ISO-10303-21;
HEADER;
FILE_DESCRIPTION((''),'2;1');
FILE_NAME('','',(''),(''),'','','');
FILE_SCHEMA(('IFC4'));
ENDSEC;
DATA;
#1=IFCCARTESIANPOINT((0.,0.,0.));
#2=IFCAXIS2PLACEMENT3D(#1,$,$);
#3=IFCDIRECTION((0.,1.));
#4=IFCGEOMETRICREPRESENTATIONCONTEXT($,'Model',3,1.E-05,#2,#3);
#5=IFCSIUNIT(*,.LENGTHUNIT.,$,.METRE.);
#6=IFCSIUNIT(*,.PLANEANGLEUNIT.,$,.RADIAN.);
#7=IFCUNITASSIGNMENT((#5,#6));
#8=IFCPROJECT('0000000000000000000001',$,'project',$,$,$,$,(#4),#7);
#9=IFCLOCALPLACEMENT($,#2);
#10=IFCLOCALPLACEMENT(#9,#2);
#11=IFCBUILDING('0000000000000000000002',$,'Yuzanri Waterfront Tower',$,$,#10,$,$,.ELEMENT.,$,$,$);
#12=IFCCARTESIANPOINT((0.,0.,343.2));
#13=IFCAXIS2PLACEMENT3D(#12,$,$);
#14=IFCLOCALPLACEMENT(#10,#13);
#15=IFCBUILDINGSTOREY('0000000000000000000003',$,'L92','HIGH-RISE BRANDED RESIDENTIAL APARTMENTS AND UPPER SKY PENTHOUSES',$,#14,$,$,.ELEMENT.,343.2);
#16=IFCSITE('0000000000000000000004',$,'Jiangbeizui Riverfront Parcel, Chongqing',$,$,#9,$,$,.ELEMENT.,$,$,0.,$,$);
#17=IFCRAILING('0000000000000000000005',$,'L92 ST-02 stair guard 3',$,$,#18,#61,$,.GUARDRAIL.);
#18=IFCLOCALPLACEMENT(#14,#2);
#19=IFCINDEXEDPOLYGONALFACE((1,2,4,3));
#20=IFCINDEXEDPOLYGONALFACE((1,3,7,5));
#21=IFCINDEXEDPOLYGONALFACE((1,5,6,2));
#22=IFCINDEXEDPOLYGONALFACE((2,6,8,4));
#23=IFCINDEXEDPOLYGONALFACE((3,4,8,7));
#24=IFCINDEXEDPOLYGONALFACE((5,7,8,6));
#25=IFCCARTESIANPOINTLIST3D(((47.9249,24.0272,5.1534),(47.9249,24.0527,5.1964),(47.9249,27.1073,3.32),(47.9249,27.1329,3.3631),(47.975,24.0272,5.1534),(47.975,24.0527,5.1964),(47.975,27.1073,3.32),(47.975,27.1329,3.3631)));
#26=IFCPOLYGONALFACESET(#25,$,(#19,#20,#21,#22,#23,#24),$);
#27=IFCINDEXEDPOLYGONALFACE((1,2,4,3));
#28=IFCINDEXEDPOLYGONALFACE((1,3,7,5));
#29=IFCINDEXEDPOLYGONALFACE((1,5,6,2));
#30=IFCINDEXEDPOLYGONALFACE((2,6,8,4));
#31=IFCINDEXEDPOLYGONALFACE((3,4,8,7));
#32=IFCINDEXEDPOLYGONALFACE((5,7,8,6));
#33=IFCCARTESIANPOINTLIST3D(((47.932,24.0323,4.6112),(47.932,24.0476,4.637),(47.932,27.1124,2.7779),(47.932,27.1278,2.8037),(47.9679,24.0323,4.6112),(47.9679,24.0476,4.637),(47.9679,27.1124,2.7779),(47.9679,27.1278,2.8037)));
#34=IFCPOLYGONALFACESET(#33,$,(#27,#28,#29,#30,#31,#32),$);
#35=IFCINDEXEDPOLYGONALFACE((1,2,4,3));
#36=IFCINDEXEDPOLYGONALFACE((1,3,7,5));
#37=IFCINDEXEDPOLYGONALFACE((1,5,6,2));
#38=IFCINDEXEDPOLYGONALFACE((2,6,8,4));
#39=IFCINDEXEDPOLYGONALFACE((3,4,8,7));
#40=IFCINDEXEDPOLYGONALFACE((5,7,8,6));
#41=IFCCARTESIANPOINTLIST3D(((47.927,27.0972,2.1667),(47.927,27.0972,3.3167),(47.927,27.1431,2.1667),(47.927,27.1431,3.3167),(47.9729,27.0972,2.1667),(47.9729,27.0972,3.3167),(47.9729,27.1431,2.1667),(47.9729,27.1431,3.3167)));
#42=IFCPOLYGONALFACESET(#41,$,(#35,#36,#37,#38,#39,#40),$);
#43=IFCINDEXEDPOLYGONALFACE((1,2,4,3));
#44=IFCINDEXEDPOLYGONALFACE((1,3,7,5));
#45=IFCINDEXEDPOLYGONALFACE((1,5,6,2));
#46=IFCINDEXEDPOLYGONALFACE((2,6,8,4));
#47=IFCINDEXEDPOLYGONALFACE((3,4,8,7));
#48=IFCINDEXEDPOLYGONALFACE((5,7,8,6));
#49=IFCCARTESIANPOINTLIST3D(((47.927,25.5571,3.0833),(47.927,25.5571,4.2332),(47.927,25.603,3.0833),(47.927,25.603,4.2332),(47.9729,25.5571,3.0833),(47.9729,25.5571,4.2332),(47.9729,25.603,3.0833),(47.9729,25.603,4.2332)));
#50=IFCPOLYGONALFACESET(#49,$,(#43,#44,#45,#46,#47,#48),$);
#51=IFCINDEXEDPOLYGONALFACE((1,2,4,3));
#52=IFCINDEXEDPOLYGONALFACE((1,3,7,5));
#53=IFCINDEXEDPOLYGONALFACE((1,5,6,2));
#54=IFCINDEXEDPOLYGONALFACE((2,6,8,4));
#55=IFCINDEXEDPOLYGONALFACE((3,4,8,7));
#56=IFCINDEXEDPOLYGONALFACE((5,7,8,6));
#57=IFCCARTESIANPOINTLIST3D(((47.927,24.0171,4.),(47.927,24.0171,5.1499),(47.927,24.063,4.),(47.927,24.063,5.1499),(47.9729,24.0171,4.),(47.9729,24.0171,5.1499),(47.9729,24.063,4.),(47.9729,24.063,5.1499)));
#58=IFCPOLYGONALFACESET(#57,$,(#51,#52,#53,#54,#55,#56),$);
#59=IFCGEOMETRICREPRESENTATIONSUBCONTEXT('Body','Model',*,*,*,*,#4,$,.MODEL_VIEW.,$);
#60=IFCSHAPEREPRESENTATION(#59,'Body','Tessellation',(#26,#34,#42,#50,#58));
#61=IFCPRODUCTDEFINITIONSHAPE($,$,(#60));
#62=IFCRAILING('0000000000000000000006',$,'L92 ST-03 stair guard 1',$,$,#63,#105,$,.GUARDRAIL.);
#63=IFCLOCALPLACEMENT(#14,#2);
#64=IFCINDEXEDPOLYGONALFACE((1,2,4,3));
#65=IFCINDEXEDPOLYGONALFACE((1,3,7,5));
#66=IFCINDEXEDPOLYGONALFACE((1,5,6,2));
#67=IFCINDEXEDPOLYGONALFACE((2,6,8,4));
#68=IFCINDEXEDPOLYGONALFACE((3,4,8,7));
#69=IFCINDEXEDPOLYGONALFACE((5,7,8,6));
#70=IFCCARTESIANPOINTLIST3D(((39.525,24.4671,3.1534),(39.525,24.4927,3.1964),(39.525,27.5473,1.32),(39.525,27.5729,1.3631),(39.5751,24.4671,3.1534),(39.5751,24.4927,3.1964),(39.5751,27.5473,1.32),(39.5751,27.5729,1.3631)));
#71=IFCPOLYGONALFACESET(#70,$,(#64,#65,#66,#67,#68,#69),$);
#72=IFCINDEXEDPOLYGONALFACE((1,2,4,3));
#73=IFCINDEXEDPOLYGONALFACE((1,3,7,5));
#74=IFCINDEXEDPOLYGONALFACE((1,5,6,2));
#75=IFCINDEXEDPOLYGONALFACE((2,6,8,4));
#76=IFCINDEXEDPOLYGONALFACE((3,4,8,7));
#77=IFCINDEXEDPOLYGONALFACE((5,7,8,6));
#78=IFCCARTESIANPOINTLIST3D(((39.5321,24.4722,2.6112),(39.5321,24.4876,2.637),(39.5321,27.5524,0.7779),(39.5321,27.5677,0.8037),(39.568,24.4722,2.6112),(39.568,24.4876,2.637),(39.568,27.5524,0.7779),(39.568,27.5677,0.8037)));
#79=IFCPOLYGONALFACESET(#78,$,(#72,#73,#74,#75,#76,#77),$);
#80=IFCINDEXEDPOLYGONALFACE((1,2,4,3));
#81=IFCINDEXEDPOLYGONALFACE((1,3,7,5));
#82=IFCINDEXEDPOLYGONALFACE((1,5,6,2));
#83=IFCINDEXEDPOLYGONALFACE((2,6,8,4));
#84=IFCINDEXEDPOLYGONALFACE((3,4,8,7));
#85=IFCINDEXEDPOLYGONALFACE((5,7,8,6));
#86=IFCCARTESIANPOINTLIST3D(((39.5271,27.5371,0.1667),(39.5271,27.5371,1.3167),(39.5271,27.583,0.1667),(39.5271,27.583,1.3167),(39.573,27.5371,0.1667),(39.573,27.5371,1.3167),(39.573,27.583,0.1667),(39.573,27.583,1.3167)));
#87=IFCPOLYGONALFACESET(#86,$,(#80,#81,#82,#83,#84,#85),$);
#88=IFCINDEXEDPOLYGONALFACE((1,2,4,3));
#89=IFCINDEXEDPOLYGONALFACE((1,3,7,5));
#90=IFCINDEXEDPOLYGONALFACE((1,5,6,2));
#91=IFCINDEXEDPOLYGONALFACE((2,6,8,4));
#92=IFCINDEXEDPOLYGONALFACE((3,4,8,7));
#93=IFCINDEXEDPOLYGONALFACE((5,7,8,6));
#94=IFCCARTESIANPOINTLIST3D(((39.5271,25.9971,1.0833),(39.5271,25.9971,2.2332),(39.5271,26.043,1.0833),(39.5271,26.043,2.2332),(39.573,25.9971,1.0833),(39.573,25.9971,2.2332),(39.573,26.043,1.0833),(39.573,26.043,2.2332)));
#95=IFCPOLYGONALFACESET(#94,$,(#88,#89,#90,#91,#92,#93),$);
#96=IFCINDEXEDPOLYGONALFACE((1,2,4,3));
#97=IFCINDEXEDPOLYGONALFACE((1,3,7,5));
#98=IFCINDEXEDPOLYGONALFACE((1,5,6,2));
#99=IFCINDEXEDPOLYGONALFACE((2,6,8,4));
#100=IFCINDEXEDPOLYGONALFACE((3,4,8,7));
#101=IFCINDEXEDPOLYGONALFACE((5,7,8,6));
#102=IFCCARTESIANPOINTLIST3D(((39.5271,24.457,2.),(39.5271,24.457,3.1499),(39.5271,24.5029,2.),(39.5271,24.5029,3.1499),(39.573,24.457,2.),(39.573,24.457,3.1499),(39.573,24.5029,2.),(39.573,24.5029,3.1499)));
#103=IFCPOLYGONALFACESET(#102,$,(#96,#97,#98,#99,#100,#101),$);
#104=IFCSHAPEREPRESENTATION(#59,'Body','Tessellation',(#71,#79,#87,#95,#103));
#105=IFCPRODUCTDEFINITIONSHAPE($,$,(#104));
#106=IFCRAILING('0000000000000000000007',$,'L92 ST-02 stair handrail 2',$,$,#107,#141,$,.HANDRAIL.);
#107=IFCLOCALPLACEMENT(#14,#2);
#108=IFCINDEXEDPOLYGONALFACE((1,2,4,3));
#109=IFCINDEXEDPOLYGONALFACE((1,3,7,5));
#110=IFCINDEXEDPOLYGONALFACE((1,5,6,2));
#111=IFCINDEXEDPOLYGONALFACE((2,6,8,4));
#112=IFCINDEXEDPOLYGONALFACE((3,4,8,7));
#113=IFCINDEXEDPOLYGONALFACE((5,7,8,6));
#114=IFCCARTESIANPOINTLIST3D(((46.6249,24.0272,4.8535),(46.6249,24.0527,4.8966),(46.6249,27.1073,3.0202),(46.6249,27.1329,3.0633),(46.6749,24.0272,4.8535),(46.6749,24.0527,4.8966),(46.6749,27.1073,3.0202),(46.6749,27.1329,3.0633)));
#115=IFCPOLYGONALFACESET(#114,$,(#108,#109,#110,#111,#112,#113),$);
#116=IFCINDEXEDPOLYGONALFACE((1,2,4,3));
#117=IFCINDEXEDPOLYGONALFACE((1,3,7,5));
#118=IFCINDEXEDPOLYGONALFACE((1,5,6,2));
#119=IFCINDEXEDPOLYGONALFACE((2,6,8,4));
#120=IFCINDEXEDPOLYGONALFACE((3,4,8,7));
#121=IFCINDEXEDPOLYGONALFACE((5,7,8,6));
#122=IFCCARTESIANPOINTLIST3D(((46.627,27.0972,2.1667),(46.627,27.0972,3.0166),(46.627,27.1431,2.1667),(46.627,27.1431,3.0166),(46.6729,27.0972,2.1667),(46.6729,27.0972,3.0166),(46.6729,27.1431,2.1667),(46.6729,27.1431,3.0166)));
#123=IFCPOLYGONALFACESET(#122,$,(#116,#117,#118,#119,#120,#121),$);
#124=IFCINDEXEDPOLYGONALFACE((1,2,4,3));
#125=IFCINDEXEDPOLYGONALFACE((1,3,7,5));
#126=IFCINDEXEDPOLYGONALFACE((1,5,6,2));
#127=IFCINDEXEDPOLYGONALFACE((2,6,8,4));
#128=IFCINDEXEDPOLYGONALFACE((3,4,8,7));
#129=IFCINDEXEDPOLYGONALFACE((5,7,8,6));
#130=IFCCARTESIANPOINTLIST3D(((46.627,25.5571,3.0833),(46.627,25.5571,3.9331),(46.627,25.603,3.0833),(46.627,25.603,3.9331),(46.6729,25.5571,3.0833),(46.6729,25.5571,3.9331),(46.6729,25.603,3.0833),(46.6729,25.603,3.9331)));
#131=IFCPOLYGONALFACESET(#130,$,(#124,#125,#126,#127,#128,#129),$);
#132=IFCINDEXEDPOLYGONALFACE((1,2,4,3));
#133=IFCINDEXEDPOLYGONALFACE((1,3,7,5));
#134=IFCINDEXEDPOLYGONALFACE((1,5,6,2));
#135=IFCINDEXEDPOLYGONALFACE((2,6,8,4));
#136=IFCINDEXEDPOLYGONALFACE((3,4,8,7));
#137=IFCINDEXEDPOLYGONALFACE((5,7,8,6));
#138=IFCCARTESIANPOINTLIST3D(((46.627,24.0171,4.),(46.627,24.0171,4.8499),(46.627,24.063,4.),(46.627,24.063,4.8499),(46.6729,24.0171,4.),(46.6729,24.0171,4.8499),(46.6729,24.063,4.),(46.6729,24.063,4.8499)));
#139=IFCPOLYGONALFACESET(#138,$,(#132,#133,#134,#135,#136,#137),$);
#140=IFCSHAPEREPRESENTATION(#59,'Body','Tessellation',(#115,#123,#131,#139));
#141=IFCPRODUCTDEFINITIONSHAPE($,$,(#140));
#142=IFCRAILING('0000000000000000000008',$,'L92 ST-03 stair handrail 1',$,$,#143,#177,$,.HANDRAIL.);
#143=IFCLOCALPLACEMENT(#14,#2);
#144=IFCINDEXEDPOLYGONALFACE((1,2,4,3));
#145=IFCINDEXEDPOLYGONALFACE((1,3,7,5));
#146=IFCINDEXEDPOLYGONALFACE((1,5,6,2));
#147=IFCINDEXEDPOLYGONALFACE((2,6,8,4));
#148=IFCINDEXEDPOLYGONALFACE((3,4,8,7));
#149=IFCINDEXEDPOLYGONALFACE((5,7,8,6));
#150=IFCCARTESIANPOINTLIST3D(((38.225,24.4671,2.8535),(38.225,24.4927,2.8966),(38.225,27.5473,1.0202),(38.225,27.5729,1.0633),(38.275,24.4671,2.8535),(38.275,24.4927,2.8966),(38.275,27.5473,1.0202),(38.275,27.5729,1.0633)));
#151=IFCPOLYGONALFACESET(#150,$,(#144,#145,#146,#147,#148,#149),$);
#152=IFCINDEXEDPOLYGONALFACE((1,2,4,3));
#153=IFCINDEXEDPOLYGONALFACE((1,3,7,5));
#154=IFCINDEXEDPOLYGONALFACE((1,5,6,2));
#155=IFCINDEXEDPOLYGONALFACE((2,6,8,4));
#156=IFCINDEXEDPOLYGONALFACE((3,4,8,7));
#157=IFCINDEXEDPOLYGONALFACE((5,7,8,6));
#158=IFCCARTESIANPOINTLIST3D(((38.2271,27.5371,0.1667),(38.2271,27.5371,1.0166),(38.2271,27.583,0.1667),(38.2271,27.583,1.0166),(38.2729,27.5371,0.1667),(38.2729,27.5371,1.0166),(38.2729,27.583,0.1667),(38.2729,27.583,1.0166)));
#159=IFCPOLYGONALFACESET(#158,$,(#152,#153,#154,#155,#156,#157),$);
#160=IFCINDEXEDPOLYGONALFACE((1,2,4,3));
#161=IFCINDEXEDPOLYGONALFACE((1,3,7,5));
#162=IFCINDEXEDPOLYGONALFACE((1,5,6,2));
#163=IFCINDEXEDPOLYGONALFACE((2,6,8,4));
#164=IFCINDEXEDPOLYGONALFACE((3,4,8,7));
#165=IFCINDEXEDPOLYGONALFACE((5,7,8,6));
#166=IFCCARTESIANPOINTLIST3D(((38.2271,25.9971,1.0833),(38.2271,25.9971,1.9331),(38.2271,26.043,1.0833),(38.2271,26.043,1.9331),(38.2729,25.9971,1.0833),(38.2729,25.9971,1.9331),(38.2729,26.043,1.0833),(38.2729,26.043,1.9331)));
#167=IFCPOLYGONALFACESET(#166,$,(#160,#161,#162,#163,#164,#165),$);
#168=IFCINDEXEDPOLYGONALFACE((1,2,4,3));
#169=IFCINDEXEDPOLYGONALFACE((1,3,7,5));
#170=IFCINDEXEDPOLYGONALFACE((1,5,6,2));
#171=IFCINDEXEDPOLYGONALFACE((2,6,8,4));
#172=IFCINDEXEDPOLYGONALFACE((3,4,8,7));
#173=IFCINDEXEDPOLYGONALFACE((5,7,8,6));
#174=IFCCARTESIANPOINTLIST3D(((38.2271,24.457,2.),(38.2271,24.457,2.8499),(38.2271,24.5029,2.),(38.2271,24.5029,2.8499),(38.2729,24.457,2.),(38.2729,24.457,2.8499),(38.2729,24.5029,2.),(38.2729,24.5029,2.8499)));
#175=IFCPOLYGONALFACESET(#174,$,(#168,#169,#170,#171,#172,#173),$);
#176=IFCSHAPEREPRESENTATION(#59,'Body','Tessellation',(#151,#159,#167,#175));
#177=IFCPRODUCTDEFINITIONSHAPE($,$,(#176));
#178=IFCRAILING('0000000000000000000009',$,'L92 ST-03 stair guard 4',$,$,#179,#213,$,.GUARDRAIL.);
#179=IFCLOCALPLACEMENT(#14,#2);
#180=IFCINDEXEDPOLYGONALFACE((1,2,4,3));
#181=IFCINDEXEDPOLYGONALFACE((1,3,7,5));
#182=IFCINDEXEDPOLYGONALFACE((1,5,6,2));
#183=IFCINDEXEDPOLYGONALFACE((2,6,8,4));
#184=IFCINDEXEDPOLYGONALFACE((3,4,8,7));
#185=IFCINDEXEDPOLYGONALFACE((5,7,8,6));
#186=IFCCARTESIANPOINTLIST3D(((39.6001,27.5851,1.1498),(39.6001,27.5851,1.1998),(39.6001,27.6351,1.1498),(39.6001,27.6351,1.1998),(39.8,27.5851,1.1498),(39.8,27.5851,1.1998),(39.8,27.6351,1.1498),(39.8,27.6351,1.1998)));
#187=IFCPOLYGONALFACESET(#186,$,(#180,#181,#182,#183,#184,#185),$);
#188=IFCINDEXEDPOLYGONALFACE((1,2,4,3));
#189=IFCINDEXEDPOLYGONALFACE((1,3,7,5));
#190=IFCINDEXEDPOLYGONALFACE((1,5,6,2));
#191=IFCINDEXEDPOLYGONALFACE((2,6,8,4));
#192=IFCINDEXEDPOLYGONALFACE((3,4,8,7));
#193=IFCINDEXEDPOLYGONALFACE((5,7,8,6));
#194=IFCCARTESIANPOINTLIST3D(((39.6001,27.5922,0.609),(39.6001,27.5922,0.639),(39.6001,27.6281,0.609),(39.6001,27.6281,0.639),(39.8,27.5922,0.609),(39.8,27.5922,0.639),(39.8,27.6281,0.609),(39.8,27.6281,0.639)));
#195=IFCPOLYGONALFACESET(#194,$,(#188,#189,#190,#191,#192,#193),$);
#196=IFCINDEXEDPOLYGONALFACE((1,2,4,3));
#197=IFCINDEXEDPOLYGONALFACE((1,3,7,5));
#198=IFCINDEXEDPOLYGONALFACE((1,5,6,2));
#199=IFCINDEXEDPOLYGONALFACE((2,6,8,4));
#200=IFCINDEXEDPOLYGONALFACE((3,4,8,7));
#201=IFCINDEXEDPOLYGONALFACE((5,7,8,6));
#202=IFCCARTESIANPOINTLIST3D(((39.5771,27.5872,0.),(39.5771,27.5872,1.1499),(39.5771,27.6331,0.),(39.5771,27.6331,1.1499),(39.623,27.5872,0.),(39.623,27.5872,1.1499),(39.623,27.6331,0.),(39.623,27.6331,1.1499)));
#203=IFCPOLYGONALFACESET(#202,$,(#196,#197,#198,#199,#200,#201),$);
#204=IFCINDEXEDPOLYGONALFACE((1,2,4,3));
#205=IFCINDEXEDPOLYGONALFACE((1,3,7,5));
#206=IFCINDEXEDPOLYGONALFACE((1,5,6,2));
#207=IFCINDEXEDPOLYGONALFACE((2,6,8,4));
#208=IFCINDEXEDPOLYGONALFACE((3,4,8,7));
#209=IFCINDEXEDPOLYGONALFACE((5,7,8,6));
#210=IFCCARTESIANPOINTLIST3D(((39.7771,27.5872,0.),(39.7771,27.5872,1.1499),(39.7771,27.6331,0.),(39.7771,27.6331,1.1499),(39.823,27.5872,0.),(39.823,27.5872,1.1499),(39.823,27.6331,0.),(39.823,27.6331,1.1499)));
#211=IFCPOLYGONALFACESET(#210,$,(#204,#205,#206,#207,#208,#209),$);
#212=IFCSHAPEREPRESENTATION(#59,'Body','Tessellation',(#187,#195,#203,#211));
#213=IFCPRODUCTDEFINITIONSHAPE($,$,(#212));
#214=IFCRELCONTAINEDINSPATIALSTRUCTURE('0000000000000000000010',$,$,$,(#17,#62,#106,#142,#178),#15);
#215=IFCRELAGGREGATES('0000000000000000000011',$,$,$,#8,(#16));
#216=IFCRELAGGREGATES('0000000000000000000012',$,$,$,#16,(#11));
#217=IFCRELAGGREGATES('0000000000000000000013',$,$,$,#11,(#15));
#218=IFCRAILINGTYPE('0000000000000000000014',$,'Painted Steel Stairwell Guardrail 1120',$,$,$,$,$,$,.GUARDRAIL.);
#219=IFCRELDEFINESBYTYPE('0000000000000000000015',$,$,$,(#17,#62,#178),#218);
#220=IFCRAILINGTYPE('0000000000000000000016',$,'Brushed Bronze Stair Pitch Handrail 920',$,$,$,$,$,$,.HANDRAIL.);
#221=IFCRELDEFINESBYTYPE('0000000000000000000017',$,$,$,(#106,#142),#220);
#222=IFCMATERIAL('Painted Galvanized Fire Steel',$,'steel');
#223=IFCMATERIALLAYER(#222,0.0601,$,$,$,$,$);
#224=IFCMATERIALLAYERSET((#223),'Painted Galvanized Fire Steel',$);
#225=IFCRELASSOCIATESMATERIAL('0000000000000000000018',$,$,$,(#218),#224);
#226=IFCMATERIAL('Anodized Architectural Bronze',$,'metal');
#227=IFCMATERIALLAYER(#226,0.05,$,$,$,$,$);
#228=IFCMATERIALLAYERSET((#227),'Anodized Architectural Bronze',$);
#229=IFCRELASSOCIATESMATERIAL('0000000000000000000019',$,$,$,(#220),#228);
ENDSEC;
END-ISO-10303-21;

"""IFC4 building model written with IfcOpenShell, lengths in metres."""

from ifc_helpers import new_model, si_unit, direction, frame, origin, origin_2d, place, context, subcontext, project, spatial, rectangle, extrude, source, transform, mapped, material, layer, layer_set, type_object, element, save


model = new_model("IFC4")

# Units and contexts
model_context = context("Model", 3, precision=1e-05, world=origin(), true_north=direction((0.0, 1.0)))
body_context = subcontext(model_context, "Body", "Model", "MODEL_VIEW")
ifc_project = project(units=[si_unit("LENGTHUNIT", "METRE"), si_unit("PLANEANGLEUNIT", "RADIAN")], contexts=[model_context])

# Site, building, storey
site_placement = place(None, origin())
site = spatial("IfcSite", under=ifc_project, at=site_placement, Name="Jiangbeizui Riverfront Parcel, Chongqing", CompositionType="ELEMENT", RefElevation=0.0)
building_placement = place(site_placement, origin())
building = spatial("IfcBuilding", under=site, at=building_placement, Name="Yuzanri Waterfront Tower", CompositionType="ELEMENT")
storey_placement = place(building_placement, frame((0.0, 0.0, 343.2)))
storey = spatial("IfcBuildingStorey", under=building, at=storey_placement, Name="L92", Description="HIGH-RISE BRANDED RESIDENTIAL APARTMENTS AND UPPER SKY PENTHOUSES", CompositionType="ELEMENT", Elevation=343.2)

# Railings
ifc_material_1 = material(Name="Painted Galvanized Fire Steel", Category="steel")
ifc_layer_1 = layer(ifc_material_1, 0.0601)
ifc_layer_set_1 = layer_set([ifc_layer_1], Name="Painted Galvanized Fire Steel")
railing_type_1 = type_object("IfcRailingType", Name="Painted Steel Stairwell Guardrail 1120", PredefinedType="GUARDRAIL", material=ifc_layer_set_1)
shared_shape_1 = source(origin(), body_context, "Body", "SweptSolid", [
    extrude(rectangle(XDim=0.05, YDim=0.05, at=origin_2d()), frame((0.0, 0.0, 1.1748), z_axis=(0.0, -0.859309, 0.511458), x_axis=(1.0, 0.0, 0.0)), (0.0, 0.0, 1.0), 3.5845),
    extrude(rectangle(XDim=0.0359, YDim=0.03, at=origin_2d()), frame((0.0, 0.0, 0.624), z_axis=(0.0, -0.859309, 0.511458), x_axis=(1.0, 0.0, 0.0)), (0.0, 0.0, 1.0), 3.5845),
    extrude(rectangle(XDim=0.0459, YDim=0.0459, at=origin_2d()), origin(), (0.0, 0.0, 1.0), 1.1499),
    extrude(rectangle(XDim=0.0459, YDim=0.0459, at=origin_2d()), frame((0.0, -1.54, 0.9165)), (0.0, 0.0, 1.0), 1.1499),
    extrude(rectangle(XDim=0.0459, YDim=0.0459, at=origin_2d()), frame((0.0, -3.0801, 1.8333)), (0.0, 0.0, 1.0), 1.1499),
])
for number, where, name in (
    (1, (47.95, 27.1201, 2.1667), "L92 ST-02 stair guard 3"),
    (2, (39.55, 27.5601, 0.1667), "L92 ST-03 stair guard 1"),
):
    element("IfcRailing", number, at=place(storey_placement, frame(where)), inside=storey, type_object=railing_type_1, Name=name, PredefinedType="GUARDRAIL", context=body_context, shape_type="MappedRepresentation", body=[
        mapped(shared_shape_1, transform((0.0, 0.0, 0.0), scale=1.0)),
    ])
ifc_material_2 = material(Name="Anodized Architectural Bronze", Category="metal")
ifc_layer_2 = layer(ifc_material_2, 0.05)
ifc_layer_set_2 = layer_set([ifc_layer_2], Name="Anodized Architectural Bronze")
railing_type_2 = type_object("IfcRailingType", Name="Brushed Bronze Stair Pitch Handrail 920", PredefinedType="HANDRAIL", material=ifc_layer_set_2)
shared_shape_2 = source(origin(), body_context, "Body", "SweptSolid", [
    extrude(rectangle(XDim=0.05, YDim=0.05, at=origin_2d()), frame((0.0, 0.0, 0.875), z_axis=(0.0, -0.859309, 0.511458), x_axis=(1.0, 0.0, 0.0)), (0.0, 0.0, 1.0), 3.5845),
    extrude(rectangle(XDim=0.0459, YDim=0.0459, at=origin_2d()), origin(), (0.0, 0.0, 1.0), 0.8499),
    extrude(rectangle(XDim=0.0459, YDim=0.0459, at=origin_2d()), frame((0.0, -1.54, 0.9165)), (0.0, 0.0, 1.0), 0.8499),
    extrude(rectangle(XDim=0.0459, YDim=0.0459, at=origin_2d()), frame((0.0, -3.0801, 1.8333)), (0.0, 0.0, 1.0), 0.8499),
])
for number, where, name in (
    (3, (46.6499, 27.1201, 2.1667), "L92 ST-02 stair handrail 2"),
    (4, (38.25, 27.5601, 0.1667), "L92 ST-03 stair handrail 1"),
):
    element("IfcRailing", number, at=place(storey_placement, frame(where)), inside=storey, type_object=railing_type_2, Name=name, PredefinedType="HANDRAIL", context=body_context, shape_type="MappedRepresentation", body=[
        mapped(shared_shape_2, transform((0.0, 0.0, 0.0), scale=1.0)),
    ])
shared_shape_3 = source(origin(), body_context, "Body", "SweptSolid", [
    extrude(rectangle(XDim=0.05, YDim=0.05, at=origin_2d()), frame((0.0, 0.0, 1.1748), z_axis=(1.0, 0.0, 0.0), x_axis=(0.0, 1.0, 0.0)), (0.0, 0.0, 1.0), 0.2),
    extrude(rectangle(XDim=0.0359, YDim=0.03, at=origin_2d()), frame((0.0, 0.0, 0.624), z_axis=(1.0, 0.0, 0.0), x_axis=(0.0, 1.0, 0.0)), (0.0, 0.0, 1.0), 0.2),
    extrude(rectangle(XDim=0.0459, YDim=0.0459, at=origin_2d()), origin(), (0.0, 0.0, 1.0), 1.1499),
    extrude(rectangle(XDim=0.0459, YDim=0.0459, at=origin_2d()), frame((0.2, 0.0, 0.0)), (0.0, 0.0, 1.0), 1.1499),
])
railing_placement = place(storey_placement, frame((39.6001, 27.6101, 0.0)))
element("IfcRailing", 5, at=railing_placement, inside=storey, type_object=railing_type_1, Name="L92 ST-03 stair guard 4", PredefinedType="GUARDRAIL", context=body_context, shape_type="MappedRepresentation", body=[
    mapped(shared_shape_3, transform((0.0, 0.0, 0.0), scale=1.0)),
])

save(model, "model.ifc")
